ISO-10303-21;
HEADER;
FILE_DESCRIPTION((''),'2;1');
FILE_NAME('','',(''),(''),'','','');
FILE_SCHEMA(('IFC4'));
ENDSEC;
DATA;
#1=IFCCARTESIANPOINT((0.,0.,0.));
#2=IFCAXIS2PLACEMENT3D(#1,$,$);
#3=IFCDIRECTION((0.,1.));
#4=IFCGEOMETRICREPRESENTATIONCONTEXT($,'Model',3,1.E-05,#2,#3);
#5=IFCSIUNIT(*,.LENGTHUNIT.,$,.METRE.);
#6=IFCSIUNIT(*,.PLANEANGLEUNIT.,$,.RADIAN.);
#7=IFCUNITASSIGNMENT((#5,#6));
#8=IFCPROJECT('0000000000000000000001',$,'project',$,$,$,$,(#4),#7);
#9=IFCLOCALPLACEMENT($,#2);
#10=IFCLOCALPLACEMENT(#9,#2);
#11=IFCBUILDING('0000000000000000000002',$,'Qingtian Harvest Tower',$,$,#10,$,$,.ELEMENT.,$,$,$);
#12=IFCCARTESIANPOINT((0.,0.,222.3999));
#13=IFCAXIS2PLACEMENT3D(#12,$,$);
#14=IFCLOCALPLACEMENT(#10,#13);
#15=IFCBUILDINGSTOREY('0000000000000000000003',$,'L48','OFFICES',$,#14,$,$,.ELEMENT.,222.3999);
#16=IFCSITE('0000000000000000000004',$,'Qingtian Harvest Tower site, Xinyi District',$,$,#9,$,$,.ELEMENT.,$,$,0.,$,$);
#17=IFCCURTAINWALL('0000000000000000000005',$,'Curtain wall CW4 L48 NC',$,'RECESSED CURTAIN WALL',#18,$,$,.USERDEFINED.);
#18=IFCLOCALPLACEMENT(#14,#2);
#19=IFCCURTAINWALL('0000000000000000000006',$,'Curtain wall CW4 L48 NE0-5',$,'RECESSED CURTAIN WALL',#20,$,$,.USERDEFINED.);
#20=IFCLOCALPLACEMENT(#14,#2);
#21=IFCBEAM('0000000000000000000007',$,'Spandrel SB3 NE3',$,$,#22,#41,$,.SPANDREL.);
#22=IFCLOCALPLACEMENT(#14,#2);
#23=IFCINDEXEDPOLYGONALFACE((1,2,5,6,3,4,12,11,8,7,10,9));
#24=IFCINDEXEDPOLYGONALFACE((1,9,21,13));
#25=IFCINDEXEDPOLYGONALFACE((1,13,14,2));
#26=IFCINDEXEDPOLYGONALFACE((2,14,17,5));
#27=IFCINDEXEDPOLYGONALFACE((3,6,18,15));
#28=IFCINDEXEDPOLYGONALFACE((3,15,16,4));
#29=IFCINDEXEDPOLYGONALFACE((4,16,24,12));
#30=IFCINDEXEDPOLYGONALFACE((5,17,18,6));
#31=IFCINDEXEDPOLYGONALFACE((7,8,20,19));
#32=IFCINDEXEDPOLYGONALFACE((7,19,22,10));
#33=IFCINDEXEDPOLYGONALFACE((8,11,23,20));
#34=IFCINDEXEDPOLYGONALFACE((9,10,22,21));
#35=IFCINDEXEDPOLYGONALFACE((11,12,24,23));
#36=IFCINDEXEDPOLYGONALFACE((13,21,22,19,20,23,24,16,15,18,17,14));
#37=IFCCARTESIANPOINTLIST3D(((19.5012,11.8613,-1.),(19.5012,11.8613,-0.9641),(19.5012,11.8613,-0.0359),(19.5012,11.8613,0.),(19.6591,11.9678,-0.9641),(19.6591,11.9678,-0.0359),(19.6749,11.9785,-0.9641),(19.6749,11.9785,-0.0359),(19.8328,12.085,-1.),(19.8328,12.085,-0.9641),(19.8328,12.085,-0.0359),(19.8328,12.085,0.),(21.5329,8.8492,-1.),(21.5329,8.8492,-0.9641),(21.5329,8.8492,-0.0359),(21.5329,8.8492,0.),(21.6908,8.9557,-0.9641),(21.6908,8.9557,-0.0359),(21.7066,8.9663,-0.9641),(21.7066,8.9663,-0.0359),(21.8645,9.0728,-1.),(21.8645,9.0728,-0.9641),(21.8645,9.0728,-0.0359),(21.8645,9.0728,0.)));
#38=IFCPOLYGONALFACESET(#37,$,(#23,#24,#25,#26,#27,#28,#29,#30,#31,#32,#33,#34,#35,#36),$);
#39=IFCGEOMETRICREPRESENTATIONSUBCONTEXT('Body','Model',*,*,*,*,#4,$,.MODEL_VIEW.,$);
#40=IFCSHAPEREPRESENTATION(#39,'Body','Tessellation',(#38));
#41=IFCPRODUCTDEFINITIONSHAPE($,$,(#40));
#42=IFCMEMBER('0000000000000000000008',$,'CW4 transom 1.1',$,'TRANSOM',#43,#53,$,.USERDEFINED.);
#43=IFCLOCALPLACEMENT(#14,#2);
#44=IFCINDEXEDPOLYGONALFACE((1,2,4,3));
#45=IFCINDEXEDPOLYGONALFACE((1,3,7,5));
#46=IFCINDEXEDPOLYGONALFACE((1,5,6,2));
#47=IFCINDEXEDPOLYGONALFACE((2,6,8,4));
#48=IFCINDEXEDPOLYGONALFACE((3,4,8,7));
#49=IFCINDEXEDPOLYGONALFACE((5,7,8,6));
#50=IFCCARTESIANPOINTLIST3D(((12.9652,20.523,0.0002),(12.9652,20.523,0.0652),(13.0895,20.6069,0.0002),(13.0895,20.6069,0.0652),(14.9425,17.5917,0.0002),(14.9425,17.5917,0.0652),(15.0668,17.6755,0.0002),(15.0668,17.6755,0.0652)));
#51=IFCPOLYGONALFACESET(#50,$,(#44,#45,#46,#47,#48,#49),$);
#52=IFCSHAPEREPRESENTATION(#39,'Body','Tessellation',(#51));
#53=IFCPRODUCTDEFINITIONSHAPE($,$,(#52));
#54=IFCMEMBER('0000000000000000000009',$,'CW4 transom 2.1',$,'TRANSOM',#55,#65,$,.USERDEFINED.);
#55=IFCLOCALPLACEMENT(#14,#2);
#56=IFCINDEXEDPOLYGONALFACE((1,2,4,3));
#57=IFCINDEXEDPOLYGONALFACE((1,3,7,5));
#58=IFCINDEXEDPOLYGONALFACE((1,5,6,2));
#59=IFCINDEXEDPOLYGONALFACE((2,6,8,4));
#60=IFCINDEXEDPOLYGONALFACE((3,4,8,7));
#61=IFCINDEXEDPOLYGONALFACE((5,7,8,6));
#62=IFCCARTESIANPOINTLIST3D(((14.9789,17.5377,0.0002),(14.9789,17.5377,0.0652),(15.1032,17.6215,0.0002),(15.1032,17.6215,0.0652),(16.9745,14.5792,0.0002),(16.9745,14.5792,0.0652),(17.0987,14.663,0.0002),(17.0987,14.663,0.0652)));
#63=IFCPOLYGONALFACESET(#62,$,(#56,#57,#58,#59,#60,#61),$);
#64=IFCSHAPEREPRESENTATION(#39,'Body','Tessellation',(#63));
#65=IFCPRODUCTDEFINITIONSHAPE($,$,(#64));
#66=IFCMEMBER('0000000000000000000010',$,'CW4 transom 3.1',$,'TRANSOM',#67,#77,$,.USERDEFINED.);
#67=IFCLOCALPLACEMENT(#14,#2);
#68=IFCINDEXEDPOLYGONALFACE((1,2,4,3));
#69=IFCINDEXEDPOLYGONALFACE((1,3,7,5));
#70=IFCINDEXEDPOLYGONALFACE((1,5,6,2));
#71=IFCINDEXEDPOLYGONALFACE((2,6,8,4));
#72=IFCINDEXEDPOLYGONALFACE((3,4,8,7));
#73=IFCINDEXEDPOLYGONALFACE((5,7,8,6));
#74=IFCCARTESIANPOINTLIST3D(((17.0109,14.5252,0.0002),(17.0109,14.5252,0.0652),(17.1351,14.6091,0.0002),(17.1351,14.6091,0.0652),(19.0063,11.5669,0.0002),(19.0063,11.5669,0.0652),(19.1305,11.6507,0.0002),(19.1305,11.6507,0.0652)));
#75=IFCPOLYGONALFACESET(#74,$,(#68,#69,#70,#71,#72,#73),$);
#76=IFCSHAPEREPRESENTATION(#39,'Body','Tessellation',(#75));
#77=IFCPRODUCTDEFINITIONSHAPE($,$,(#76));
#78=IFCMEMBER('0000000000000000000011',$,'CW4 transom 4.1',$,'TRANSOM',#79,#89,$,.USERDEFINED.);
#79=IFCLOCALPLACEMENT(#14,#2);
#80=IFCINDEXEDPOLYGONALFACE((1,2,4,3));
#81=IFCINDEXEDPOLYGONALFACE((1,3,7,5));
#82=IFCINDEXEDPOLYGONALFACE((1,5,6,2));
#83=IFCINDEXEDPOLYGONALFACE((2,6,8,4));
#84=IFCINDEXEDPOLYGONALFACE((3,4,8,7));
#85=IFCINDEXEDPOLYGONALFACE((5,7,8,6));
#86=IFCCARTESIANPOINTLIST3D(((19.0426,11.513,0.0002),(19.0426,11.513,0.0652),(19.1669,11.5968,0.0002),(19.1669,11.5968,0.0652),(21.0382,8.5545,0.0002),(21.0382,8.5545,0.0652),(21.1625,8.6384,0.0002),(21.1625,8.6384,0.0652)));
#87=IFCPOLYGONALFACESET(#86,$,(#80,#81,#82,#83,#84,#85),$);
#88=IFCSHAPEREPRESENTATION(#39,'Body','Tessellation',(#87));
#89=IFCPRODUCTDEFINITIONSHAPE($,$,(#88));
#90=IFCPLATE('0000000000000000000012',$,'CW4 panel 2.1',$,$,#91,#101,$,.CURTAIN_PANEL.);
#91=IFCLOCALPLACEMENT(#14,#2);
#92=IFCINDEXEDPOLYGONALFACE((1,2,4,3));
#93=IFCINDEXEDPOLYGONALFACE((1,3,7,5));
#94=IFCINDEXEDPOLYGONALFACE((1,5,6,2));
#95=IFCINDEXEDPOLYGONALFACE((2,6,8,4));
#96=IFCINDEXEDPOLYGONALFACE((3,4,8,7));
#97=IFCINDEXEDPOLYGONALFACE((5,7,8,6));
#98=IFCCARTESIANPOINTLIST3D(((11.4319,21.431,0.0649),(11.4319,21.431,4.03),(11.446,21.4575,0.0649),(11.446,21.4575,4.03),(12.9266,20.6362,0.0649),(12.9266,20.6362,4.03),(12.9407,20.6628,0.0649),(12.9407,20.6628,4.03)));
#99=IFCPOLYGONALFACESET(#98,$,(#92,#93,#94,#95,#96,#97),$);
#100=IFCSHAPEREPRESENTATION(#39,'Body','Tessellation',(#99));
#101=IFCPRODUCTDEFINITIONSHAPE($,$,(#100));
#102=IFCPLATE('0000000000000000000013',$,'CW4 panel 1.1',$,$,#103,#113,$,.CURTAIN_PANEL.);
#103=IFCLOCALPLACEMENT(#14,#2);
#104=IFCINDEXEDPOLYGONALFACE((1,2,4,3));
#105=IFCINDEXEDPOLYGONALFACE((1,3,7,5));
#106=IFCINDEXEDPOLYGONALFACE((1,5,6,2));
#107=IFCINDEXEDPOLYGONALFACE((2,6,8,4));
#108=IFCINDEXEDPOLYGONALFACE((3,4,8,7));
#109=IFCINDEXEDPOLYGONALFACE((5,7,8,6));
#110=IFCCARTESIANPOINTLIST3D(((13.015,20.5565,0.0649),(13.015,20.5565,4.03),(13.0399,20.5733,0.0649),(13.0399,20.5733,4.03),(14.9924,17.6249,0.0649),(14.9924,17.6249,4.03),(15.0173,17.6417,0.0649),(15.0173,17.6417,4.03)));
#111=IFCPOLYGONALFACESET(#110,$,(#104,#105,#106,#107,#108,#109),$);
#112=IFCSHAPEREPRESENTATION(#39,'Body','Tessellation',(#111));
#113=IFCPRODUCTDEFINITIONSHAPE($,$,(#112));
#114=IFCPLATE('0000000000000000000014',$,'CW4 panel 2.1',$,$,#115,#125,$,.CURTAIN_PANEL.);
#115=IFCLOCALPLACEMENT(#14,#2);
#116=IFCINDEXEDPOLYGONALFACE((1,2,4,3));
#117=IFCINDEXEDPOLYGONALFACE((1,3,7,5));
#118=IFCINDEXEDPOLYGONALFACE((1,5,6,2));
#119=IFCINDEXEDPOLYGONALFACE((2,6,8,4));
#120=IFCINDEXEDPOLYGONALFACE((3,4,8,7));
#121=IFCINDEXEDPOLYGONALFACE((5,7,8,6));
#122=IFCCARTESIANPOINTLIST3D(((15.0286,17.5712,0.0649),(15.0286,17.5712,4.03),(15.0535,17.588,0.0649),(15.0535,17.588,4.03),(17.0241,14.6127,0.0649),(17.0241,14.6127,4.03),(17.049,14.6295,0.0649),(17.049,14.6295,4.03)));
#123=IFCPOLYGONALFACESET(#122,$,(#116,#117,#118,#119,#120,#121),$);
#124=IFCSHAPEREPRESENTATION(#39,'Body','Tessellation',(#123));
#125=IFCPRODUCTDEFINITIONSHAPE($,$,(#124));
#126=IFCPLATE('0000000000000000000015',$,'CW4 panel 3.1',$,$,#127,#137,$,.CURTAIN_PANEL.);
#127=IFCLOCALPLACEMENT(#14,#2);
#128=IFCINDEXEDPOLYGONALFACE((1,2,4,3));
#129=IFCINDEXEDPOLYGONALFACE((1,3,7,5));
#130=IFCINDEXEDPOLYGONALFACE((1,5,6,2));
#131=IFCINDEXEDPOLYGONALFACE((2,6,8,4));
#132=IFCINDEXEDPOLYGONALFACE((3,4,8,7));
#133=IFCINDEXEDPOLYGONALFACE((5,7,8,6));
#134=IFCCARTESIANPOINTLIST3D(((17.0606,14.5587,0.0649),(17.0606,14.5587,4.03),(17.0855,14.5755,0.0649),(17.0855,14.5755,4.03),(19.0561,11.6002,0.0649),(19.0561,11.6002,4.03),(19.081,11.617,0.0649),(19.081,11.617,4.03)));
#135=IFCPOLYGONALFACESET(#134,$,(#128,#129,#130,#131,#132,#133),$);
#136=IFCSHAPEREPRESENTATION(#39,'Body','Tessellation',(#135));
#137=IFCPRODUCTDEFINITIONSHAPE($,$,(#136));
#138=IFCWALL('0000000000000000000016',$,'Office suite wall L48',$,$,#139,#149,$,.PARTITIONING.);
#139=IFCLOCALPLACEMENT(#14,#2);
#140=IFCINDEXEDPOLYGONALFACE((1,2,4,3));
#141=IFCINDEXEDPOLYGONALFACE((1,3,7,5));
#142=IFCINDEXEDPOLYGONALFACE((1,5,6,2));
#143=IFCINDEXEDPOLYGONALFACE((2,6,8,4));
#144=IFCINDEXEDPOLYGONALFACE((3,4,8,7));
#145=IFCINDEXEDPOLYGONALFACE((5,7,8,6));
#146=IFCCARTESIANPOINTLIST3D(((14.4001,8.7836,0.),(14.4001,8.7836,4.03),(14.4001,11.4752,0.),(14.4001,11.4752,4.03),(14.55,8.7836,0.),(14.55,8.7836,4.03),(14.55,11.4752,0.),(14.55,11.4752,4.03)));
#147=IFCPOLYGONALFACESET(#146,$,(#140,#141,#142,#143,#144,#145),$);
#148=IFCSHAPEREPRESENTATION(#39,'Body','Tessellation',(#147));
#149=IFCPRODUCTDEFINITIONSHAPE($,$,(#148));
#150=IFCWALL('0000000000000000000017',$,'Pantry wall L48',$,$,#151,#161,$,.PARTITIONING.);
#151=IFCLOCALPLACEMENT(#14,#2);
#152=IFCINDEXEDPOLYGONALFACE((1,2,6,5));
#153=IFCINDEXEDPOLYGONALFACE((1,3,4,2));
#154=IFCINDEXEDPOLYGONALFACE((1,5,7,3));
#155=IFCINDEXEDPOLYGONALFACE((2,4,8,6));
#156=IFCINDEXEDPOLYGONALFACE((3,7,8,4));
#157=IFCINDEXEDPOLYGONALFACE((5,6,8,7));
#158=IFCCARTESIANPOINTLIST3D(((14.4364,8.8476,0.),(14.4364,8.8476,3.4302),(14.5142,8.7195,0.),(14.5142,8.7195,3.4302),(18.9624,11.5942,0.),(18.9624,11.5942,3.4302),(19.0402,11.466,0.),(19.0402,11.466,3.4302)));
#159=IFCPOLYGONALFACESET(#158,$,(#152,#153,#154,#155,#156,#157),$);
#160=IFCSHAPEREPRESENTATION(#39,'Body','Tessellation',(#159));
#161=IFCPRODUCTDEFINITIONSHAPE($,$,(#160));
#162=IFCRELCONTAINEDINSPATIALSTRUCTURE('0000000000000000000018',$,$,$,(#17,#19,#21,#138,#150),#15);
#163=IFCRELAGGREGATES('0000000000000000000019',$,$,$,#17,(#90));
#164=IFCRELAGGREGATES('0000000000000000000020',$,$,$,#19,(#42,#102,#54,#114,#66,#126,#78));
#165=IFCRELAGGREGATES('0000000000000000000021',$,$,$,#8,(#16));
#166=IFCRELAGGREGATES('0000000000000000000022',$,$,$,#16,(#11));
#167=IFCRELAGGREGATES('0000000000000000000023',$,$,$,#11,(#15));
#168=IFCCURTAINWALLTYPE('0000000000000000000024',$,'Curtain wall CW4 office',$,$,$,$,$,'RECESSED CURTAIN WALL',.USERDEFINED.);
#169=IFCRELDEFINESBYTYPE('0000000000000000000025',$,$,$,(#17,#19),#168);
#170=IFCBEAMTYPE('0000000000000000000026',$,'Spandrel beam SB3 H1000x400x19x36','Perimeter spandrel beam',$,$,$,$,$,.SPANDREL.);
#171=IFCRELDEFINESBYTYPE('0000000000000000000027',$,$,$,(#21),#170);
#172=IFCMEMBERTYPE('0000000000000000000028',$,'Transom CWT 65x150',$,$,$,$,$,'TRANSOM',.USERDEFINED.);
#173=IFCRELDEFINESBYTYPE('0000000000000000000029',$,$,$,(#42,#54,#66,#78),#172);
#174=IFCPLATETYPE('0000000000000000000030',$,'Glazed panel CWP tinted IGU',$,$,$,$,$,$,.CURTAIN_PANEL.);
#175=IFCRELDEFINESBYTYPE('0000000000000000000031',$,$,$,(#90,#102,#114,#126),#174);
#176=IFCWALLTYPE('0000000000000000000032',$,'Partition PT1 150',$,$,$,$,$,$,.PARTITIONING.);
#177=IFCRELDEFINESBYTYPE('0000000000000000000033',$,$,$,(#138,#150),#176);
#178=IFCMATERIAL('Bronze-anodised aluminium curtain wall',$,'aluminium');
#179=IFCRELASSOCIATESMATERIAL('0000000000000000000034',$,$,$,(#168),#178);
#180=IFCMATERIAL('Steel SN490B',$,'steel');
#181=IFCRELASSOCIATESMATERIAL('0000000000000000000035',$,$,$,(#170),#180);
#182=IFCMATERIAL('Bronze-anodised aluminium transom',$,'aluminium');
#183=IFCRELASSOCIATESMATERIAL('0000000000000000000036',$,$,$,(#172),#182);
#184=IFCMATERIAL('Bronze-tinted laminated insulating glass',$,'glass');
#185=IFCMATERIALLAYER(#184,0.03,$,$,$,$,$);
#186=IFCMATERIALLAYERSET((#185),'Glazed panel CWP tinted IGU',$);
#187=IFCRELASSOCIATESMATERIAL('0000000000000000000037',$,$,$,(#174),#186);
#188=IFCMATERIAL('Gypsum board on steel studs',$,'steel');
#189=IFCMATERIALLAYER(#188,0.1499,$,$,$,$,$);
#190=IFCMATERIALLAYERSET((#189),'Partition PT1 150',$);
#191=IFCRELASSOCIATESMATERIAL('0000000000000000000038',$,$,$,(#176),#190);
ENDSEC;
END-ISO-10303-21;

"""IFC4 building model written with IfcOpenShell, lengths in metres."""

from ifc_helpers import new_model, si_unit, direction, frame, frame_2d, origin, origin_2d, place, context, subcontext, project, spatial, rectangle, i_section, extrude, material, layer, layer_set, material_profile, profile_set, type_object, element, aggregate, save


model = new_model("IFC4")

# Units and contexts
model_context = context("Model", 3, precision=1e-05, world=origin(), true_north=direction((0.0, 1.0)))
body_context = subcontext(model_context, "Body", "Model", "MODEL_VIEW")
ifc_project = project(units=[si_unit("LENGTHUNIT", "METRE"), si_unit("PLANEANGLEUNIT", "RADIAN")], contexts=[model_context])

# Site, building, storey
site_placement = place(None, origin())
site = spatial("IfcSite", under=ifc_project, at=site_placement, Name="Qingtian Harvest Tower site, Xinyi District", CompositionType="ELEMENT", RefElevation=0.0)
building_placement = place(site_placement, origin())
building = spatial("IfcBuilding", under=site, at=building_placement, Name="Qingtian Harvest Tower", CompositionType="ELEMENT")
storey_placement = place(building_placement, frame((0.0, 0.0, 222.3999)))
storey = spatial("IfcBuildingStorey", under=building, at=storey_placement, Name="L48", Description="OFFICES", CompositionType="ELEMENT", Elevation=222.3999)

# Curtain wall
ifc_material_1 = material(Name="Bronze-anodised aluminium curtain wall", Category="aluminium")
curtain_wall_type = type_object("IfcCurtainWallType", Name="Curtain wall CW4 office", ElementType="RECESSED CURTAIN WALL", PredefinedType="USERDEFINED", material=ifc_material_1)
curtain_wall_1_placement = place(storey_placement, origin())
curtain_wall_1 = element("IfcCurtainWall", 1, at=curtain_wall_1_placement, inside=storey, type_object=curtain_wall_type, Name="Curtain wall CW4 L48 NC", ObjectType="RECESSED CURTAIN WALL", PredefinedType="USERDEFINED")

# Curtain wall
curtain_wall_2_placement = place(storey_placement, origin())
curtain_wall_2 = element("IfcCurtainWall", 2, at=curtain_wall_2_placement, inside=storey, type_object=curtain_wall_type, Name="Curtain wall CW4 L48 NE0-5", ObjectType="RECESSED CURTAIN WALL", PredefinedType="USERDEFINED")

# Beam
ifc_material_2 = material(Name="Steel SN490B", Category="steel")
ifc_material_profile_1 = material_profile(ifc_material_2, i_section(OverallWidth=0.3999, OverallDepth=1.0, WebThickness=0.019, FlangeThickness=0.0359, at=origin_2d()), Name="H1000x400x19x36")
ifc_profile_set_1 = profile_set([ifc_material_profile_1], Name="Steel SN490B")
beam_type_1 = type_object("IfcBeamType", Name="Spandrel beam SB3 H1000x400x19x36", Description="Perimeter spandrel beam", PredefinedType="SPANDREL", material=ifc_profile_set_1)
beam_1_placement = place(storey_placement, frame((19.667, 11.9731, -0.5), z_axis=(0.559189, -0.82904, 0.0), x_axis=(0.82904, 0.559189, 0.0)))
element("IfcBeam", 3, at=beam_1_placement, inside=storey, type_object=beam_type_1, Name="Spandrel SB3 NE3", PredefinedType="SPANDREL", context=body_context, shape_type="SweptSolid", body=[
    extrude(i_section(OverallWidth=0.3999, OverallDepth=1.0, WebThickness=0.019, FlangeThickness=0.0359, at=origin_2d()), origin(), (0.0, 0.0, 1.0), 3.6333),
])

# Members
ifc_material_3 = material(Name="Bronze-anodised aluminium transom", Category="aluminium")
ifc_material_profile_2 = material_profile(ifc_material_3, rectangle(XDim=0.1499, YDim=0.0649, at=origin_2d()), Name="AL 65x150")
ifc_profile_set_2 = profile_set([ifc_material_profile_2], Name="Bronze-anodised aluminium transom")
member_type_1 = type_object("IfcMemberType", Name="Transom CWT 65x150", ElementType="TRANSOM", PredefinedType="USERDEFINED", material=ifc_profile_set_2)
member_1_placement = place(storey_placement, frame((13.0273, 20.5649, 0.0327), z_axis=(0.559201, -0.829032, 0.0), x_axis=(0.829032, 0.559201, 0.0)))
member_1 = element("IfcMember", 4, at=member_1_placement, type_object=member_type_1, Name="CW4 transom 1.1", ObjectType="TRANSOM", PredefinedType="USERDEFINED", context=body_context, shape_type="SweptSolid", body=[
    extrude(rectangle(XDim=0.1499, YDim=0.0649, at=origin_2d()), origin(), (0.0, 0.0, 1.0), 3.5359),
])
member_2_placement = place(storey_placement, frame((15.041, 17.5796, 0.0327), z_axis=(0.559207, -0.829028, 0.0), x_axis=(0.829028, 0.559207, 0.0)))
member_2 = element("IfcMember", 5, at=member_2_placement, type_object=member_type_1, Name="CW4 transom 2.1", ObjectType="TRANSOM", PredefinedType="USERDEFINED", context=body_context, shape_type="SweptSolid", body=[
    extrude(rectangle(XDim=0.1499, YDim=0.0649, at=origin_2d()), origin(), (0.0, 0.0, 1.0), 3.5686),
])
member_3_placement = place(storey_placement, frame((17.073, 14.5671, 0.0327), z_axis=(0.559192, -0.829038, 0.0), x_axis=(0.829038, 0.559192, 0.0)))
member_3 = element("IfcMember", 6, at=member_3_placement, type_object=member_type_1, Name="CW4 transom 3.1", ObjectType="TRANSOM", PredefinedType="USERDEFINED", context=body_context, shape_type="SweptSolid", body=[
    extrude(rectangle(XDim=0.1499, YDim=0.0649, at=origin_2d()), origin(), (0.0, 0.0, 1.0), 3.5684),
])
member_4_placement = place(storey_placement, frame((19.1047, 11.5549, 0.0327), z_axis=(0.559207, -0.829028, 0.0), x_axis=(0.829028, 0.559207, 0.0)))
member_4 = element("IfcMember", 7, at=member_4_placement, type_object=member_type_1, Name="CW4 transom 4.1", ObjectType="TRANSOM", PredefinedType="USERDEFINED", context=body_context, shape_type="SweptSolid", body=[
    extrude(rectangle(XDim=0.1499, YDim=0.0649, at=origin_2d()), origin(), (0.0, 0.0, 1.0), 3.5686),
])

# Plates
ifc_material_4 = material(Name="Bronze-tinted laminated insulating glass", Category="glass")
ifc_layer_1 = layer(ifc_material_4, 0.03)
ifc_layer_set_1 = layer_set([ifc_layer_1], Name="Glazed panel CWP tinted IGU")
plate_type = type_object("IfcPlateType", Name="Glazed panel CWP tinted IGU", PredefinedType="CURTAIN_PANEL", material=ifc_layer_set_1)
plate_1_placement = place(storey_placement, frame((12.1863, 21.0469, 0.0649), z_axis=(0.0, 0.0, 1.0), x_axis=(0.882948, -0.469472, 0.0)))
plate_1 = element("IfcPlate", 8, at=plate_1_placement, type_object=plate_type, Name="CW4 panel 2.1", PredefinedType="CURTAIN_PANEL", context=body_context, shape_type="SweptSolid", body=[
    extrude(rectangle(XDim=1.6929, YDim=0.03, at=origin_2d()), origin(), (0.0, 0.0, 1.0), 3.9651),
])
aggregate(curtain_wall_1, [plate_1])
plate_2_placement = place(storey_placement, frame((14.0161, 19.0991, 0.0649), z_axis=(0.0, 0.0, 1.0), x_axis=(0.559193, -0.829038, 0.0)))
plate_2 = element("IfcPlate", 9, at=plate_2_placement, type_object=plate_type, Name="CW4 panel 1.1", PredefinedType="CURTAIN_PANEL", context=body_context, shape_type="SweptSolid", body=[
    extrude(rectangle(XDim=3.5361, YDim=0.03, at=origin_2d()), origin(), (0.0, 0.0, 1.0), 3.9651),
])
plate_3_placement = place(storey_placement, frame((16.0388, 16.1003, 0.0649), z_axis=(0.0, 0.0, 1.0), x_axis=(0.559193, -0.829038, 0.0)))
plate_3 = element("IfcPlate", 10, at=plate_3_placement, type_object=plate_type, Name="CW4 panel 2.1", PredefinedType="CURTAIN_PANEL", context=body_context, shape_type="SweptSolid", body=[
    extrude(rectangle(XDim=3.5686, YDim=0.03, at=origin_2d()), origin(), (0.0, 0.0, 1.0), 3.9651),
])
plate_4_placement = place(storey_placement, frame((18.0708, 13.0879, 0.0649), z_axis=(0.0, 0.0, 1.0), x_axis=(0.559193, -0.829038, 0.0)))
plate_4 = element("IfcPlate", 11, at=plate_4_placement, type_object=plate_type, Name="CW4 panel 3.1", PredefinedType="CURTAIN_PANEL", context=body_context, shape_type="SweptSolid", body=[
    extrude(rectangle(XDim=3.5686, YDim=0.03, at=origin_2d()), origin(), (0.0, 0.0, 1.0), 3.9651),
])
aggregate(curtain_wall_2, [member_1, plate_2, member_2, plate_3, member_3, plate_4, member_4])

# Walls
ifc_material_5 = material(Name="Gypsum board on steel studs", Category="steel")
ifc_layer_2 = layer(ifc_material_5, 0.1499)
ifc_layer_set_2 = layer_set([ifc_layer_2], Name="Partition PT1 150")
wall_type = type_object("IfcWallType", Name="Partition PT1 150", PredefinedType="PARTITIONING", material=ifc_layer_set_2)
wall_1_placement = place(storey_placement, frame((14.4751, 11.4751, 0.0), z_axis=(0.0, 0.0, 1.0), x_axis=(0.0, -1.0, 0.0)))
element("IfcWall", 12, at=wall_1_placement, inside=storey, type_object=wall_type, Name="Office suite wall L48", PredefinedType="PARTITIONING", context=body_context, shape_type="SweptSolid", body=[
    extrude(rectangle(XDim=2.6917, YDim=0.1499, at=frame_2d((1.3457, 0.0))), origin(), (0.0, 0.0, 1.0), 4.03),
])
wall_2_placement = place(storey_placement, frame((19.0012, 11.53, 0.0), z_axis=(0.0, 0.0, 1.0), x_axis=(-0.854907, -0.518782, 0.0)))
element("IfcWall", 13, at=wall_2_placement, inside=storey, type_object=wall_type, Name="Pantry wall L48", PredefinedType="PARTITIONING", context=body_context, shape_type="SweptSolid", body=[
    extrude(rectangle(XDim=5.2942, YDim=0.1499, at=frame_2d((2.647, 0.0))), origin(), (0.0, 0.0, 1.0), 3.4302),
])

save(model, "model.ifc")
